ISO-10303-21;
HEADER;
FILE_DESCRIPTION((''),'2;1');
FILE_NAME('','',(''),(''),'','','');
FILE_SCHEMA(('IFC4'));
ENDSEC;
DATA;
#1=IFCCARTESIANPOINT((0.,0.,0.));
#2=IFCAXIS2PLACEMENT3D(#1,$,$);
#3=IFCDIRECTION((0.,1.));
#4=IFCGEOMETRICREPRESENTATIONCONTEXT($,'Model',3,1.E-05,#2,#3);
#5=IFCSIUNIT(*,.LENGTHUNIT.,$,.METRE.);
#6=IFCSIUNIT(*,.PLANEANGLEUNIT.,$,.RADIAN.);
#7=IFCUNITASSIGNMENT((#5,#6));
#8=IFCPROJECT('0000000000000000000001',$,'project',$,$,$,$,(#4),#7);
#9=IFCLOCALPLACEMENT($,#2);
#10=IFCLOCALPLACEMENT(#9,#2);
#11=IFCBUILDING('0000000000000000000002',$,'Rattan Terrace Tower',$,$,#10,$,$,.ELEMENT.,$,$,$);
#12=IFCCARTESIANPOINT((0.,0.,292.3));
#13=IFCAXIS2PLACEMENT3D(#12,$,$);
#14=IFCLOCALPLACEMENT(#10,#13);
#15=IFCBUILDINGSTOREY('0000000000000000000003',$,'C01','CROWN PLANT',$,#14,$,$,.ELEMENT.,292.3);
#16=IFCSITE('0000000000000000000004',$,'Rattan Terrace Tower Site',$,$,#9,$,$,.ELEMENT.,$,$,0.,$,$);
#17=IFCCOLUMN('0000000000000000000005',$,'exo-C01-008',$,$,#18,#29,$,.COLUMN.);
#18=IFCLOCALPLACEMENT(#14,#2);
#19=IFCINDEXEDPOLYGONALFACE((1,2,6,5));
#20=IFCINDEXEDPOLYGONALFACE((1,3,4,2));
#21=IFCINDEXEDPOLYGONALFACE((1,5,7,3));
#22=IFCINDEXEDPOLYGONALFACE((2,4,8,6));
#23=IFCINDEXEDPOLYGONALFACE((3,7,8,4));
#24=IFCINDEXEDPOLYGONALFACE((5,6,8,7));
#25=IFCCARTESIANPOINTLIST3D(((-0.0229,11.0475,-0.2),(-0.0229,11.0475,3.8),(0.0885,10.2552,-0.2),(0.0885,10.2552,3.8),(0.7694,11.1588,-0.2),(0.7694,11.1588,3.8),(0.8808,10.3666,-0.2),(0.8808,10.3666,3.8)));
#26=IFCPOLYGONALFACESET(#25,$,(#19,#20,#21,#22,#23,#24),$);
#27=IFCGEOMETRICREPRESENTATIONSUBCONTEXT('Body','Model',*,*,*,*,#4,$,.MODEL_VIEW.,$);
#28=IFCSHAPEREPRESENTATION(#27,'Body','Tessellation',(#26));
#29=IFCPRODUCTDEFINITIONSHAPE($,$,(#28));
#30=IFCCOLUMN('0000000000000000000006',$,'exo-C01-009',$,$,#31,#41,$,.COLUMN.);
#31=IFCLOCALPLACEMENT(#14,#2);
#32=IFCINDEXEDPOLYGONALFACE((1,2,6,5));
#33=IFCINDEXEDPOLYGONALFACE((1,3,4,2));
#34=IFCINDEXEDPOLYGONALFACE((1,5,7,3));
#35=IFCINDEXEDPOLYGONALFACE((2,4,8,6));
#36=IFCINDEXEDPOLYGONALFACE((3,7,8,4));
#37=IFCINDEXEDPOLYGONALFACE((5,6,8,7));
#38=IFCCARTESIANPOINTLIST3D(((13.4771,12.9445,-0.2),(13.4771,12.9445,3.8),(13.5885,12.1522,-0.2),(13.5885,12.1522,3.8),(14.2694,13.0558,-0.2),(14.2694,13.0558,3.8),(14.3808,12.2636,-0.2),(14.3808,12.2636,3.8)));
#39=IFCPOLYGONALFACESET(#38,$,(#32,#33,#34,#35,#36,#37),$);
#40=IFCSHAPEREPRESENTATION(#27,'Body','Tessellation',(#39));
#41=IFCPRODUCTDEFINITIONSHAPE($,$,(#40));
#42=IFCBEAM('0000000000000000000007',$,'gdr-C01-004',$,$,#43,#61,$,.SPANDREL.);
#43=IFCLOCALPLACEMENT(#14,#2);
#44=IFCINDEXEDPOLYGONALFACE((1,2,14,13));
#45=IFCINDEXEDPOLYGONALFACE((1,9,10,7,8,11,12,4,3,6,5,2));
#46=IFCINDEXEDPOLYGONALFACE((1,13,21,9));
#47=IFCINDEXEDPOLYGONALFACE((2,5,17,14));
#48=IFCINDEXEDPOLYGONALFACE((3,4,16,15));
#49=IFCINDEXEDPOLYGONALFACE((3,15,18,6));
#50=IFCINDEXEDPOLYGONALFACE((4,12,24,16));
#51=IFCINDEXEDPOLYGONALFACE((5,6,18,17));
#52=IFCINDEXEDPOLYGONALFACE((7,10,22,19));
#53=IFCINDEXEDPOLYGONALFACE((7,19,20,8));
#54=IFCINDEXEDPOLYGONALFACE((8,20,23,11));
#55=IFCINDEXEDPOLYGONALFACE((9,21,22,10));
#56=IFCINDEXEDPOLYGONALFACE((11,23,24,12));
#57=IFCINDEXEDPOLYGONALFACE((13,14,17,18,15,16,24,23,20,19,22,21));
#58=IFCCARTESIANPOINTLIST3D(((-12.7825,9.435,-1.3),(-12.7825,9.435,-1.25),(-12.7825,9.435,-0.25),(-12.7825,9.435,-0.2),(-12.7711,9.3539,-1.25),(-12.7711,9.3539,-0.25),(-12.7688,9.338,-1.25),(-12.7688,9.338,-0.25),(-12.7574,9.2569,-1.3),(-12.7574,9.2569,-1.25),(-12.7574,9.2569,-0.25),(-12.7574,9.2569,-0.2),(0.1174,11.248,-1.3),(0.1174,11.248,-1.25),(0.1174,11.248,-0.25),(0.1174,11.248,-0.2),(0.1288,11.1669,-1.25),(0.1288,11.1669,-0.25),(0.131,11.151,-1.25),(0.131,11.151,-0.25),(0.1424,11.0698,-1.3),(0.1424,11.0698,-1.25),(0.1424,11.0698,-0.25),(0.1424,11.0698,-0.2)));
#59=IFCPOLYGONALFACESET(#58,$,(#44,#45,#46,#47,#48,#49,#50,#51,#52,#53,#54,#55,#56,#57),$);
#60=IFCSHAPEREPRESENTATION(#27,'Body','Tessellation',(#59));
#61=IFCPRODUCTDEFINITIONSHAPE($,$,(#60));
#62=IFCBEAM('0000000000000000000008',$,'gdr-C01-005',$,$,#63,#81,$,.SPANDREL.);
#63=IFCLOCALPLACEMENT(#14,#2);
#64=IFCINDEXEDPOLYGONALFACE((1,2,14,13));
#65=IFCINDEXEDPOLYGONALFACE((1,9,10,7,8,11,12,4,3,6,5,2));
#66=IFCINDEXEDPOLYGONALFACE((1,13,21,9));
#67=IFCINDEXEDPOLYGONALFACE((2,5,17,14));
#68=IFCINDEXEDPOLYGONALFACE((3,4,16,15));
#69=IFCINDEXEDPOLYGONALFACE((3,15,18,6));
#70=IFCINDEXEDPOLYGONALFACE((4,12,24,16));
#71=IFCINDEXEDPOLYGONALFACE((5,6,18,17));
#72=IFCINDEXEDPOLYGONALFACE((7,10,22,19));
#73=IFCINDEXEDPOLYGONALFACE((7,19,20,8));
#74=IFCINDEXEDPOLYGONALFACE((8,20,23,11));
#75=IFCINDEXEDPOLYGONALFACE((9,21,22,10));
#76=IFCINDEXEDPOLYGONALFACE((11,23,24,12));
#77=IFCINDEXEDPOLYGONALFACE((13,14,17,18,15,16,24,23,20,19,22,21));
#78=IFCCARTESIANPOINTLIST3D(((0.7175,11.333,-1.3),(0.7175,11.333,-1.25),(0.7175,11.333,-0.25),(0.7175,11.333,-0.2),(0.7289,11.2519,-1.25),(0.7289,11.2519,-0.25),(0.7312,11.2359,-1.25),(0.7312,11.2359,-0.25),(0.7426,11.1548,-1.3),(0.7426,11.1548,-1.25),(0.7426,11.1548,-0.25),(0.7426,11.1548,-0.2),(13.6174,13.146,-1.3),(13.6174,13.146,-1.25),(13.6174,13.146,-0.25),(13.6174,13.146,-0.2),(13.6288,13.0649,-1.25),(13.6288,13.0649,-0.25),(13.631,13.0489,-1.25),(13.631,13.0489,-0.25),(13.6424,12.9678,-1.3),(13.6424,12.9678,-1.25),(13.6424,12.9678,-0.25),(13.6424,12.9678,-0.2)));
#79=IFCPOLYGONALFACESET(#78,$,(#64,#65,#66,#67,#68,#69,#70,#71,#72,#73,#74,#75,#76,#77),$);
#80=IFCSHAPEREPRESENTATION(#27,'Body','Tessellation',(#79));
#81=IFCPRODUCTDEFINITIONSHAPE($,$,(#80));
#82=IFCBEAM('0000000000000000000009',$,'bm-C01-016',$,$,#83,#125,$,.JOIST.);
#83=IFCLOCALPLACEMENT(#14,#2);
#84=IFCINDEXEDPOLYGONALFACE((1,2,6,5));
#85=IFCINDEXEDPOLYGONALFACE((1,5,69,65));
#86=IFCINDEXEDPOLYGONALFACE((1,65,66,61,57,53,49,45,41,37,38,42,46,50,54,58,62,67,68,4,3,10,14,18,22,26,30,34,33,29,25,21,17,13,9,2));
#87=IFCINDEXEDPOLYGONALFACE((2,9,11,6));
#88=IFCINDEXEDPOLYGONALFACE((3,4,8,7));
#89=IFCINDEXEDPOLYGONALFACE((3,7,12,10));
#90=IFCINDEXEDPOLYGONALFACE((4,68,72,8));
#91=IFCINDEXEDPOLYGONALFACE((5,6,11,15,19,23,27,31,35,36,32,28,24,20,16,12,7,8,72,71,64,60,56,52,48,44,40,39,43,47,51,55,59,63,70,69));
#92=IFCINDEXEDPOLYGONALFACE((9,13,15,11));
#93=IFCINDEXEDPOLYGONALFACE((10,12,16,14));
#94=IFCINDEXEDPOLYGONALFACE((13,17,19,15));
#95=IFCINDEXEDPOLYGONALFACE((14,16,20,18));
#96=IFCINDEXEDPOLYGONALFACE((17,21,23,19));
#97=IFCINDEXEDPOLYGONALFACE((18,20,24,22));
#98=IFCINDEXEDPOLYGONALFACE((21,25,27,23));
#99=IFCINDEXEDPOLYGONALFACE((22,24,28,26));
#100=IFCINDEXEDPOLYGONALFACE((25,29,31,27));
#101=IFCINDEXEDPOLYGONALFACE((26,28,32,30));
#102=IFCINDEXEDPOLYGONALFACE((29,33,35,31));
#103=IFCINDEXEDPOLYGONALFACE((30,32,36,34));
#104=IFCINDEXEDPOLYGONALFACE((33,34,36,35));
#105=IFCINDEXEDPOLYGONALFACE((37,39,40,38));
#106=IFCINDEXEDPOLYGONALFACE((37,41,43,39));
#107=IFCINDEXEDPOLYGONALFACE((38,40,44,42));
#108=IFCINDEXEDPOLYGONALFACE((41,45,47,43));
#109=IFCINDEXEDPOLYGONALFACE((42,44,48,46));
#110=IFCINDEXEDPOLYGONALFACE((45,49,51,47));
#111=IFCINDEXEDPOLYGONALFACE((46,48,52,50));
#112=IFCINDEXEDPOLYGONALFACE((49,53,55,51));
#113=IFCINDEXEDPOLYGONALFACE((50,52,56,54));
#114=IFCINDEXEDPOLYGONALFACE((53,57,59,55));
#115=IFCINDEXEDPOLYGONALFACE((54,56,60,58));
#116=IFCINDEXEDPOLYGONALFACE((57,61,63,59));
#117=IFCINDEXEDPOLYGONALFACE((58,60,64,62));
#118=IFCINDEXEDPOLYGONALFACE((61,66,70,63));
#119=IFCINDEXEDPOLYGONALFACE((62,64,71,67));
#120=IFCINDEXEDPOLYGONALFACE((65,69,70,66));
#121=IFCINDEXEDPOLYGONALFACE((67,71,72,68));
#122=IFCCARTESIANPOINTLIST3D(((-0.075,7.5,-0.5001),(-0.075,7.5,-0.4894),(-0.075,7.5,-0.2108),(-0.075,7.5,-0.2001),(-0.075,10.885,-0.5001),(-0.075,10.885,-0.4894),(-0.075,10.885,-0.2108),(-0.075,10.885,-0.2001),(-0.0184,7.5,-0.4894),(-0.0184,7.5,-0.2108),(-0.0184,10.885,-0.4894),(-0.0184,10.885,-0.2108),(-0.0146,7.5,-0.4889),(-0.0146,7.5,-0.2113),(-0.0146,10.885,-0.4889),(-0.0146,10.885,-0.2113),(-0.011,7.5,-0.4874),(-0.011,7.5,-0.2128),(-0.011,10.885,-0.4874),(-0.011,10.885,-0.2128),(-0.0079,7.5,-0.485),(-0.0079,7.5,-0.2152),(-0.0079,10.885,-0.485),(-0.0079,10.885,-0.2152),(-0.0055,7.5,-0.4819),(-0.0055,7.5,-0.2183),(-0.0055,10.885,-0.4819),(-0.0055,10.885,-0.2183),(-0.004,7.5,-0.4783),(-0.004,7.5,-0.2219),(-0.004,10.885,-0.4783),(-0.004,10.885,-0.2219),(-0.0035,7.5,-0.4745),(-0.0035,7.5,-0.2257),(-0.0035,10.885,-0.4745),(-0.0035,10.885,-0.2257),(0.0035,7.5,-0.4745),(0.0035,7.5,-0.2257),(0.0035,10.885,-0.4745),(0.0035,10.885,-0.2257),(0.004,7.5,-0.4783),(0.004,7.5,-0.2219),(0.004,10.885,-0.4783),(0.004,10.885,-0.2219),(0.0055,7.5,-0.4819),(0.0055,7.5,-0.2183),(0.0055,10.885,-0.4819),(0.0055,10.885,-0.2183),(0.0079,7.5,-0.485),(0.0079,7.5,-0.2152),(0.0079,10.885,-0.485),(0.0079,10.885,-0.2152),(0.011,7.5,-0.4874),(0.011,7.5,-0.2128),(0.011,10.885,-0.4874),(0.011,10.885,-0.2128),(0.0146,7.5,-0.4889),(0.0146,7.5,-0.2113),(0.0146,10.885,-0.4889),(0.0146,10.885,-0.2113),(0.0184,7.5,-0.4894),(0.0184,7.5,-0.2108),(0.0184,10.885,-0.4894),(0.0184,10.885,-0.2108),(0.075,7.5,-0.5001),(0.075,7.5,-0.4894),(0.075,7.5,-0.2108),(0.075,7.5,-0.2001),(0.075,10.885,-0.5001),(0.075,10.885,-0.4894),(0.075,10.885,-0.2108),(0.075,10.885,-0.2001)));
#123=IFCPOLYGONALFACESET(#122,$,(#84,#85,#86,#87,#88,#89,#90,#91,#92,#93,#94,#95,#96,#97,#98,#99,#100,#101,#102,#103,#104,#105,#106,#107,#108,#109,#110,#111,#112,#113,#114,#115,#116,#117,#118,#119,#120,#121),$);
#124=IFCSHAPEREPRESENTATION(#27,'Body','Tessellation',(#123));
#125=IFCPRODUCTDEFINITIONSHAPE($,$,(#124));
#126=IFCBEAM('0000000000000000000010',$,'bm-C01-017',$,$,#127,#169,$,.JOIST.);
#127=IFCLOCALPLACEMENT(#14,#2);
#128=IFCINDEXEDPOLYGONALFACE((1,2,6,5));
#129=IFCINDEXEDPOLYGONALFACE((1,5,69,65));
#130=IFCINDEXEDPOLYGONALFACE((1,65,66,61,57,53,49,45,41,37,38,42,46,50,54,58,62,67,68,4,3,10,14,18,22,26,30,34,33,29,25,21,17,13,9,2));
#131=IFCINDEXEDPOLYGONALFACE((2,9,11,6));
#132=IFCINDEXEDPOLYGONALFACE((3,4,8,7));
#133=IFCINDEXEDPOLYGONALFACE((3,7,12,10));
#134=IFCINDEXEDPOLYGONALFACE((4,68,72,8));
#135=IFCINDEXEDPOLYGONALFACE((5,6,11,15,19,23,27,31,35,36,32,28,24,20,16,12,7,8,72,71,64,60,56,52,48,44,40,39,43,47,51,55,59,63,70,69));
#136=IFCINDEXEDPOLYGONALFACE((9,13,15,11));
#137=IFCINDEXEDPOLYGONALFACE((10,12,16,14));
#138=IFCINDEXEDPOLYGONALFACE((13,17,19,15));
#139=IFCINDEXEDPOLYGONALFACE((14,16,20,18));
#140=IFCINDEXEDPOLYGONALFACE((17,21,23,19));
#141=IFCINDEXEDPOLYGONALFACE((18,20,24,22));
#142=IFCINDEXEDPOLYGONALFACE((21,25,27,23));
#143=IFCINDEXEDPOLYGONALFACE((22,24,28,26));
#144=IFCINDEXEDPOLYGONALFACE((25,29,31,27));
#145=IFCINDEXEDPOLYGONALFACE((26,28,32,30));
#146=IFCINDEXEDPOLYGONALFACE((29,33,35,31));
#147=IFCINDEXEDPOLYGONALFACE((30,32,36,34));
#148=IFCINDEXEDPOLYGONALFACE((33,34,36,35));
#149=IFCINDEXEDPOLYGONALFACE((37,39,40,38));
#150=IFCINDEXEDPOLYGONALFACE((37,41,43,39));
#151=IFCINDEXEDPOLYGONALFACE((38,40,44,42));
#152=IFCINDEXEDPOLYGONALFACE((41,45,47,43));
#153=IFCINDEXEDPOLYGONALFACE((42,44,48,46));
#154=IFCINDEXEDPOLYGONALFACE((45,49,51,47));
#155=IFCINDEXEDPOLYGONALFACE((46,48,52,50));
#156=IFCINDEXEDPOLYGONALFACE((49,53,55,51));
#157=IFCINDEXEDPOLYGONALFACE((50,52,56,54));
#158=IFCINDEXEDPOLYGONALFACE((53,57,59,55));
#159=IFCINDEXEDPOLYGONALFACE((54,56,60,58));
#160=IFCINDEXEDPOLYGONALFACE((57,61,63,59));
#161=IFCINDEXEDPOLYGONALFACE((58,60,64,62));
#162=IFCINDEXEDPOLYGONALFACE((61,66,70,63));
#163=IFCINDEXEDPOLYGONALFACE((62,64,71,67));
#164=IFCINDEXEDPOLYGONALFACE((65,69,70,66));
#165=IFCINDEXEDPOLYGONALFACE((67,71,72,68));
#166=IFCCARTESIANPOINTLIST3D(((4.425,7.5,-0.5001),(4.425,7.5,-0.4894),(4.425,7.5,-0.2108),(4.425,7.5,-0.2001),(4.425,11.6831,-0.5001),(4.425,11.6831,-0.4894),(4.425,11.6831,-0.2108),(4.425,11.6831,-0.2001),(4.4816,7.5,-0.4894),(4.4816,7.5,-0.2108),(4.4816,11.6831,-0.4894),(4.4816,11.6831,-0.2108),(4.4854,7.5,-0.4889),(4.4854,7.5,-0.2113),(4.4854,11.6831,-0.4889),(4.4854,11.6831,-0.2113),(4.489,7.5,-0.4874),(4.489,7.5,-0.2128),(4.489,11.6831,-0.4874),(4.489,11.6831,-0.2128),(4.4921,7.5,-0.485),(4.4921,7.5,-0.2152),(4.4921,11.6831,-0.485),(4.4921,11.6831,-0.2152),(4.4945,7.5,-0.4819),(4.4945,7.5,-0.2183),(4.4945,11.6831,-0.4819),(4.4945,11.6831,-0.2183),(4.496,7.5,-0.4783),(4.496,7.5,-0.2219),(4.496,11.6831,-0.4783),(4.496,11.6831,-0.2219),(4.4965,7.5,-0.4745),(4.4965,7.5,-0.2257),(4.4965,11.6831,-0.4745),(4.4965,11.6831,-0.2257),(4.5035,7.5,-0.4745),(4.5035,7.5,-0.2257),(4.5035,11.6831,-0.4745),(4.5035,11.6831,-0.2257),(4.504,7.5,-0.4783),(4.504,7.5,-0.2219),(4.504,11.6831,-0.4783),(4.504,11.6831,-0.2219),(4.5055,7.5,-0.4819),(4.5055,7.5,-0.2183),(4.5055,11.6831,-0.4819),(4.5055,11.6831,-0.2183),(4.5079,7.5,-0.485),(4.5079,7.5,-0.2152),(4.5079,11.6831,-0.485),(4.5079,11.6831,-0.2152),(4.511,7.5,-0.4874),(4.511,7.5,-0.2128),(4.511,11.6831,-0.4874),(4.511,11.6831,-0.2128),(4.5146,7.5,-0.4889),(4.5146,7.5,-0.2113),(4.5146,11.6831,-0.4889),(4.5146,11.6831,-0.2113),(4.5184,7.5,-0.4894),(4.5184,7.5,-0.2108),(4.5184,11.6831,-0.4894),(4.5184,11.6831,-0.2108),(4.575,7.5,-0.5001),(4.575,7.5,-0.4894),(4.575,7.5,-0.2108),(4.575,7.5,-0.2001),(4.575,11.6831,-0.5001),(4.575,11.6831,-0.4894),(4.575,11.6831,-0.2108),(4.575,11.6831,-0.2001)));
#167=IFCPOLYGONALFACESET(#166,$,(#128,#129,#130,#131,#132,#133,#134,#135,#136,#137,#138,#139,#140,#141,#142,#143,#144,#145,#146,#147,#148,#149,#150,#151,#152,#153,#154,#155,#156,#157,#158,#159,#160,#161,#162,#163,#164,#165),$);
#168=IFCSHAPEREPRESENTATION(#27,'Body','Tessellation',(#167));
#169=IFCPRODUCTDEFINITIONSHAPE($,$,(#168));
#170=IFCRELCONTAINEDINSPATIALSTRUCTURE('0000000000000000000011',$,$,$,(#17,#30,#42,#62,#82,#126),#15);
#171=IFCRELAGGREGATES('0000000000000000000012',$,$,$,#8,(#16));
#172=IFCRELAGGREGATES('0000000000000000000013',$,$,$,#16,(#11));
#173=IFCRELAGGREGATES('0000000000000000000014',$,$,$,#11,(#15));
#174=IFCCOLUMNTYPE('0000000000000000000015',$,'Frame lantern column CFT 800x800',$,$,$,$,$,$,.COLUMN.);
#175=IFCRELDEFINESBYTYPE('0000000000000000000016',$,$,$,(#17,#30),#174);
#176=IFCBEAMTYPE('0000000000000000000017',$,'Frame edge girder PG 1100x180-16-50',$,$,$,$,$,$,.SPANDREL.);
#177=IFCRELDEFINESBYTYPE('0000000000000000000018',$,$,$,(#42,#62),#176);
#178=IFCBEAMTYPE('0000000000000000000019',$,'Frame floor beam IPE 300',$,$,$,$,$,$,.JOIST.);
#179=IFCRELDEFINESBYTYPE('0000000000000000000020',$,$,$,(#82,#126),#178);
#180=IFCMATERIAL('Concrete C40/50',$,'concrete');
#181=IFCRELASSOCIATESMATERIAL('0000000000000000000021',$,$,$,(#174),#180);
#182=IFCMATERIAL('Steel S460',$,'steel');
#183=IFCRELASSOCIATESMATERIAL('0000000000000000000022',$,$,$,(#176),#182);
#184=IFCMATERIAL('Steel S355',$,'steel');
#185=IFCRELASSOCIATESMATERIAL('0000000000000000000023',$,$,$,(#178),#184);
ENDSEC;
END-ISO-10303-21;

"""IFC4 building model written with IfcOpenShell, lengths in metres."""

from ifc_helpers import new_model, si_unit, direction, frame, origin, origin_2d, place, context, subcontext, project, spatial, rectangle, i_section, extrude, material, material_profile, profile_set, type_object, element, save


model = new_model("IFC4")

# Units and contexts
model_context = context("Model", 3, precision=1e-05, world=origin(), true_north=direction((0.0, 1.0)))
body_context = subcontext(model_context, "Body", "Model", "MODEL_VIEW")
ifc_project = project(units=[si_unit("LENGTHUNIT", "METRE"), si_unit("PLANEANGLEUNIT", "RADIAN")], contexts=[model_context])

# Site, building, storey
site_placement = place(None, origin())
site = spatial("IfcSite", under=ifc_project, at=site_placement, Name="Rattan Terrace Tower Site", CompositionType="ELEMENT", RefElevation=0.0)
building_placement = place(site_placement, origin())
building = spatial("IfcBuilding", under=site, at=building_placement, Name="Rattan Terrace Tower", CompositionType="ELEMENT")
storey_placement = place(building_placement, frame((0.0, 0.0, 292.3)))
storey = spatial("IfcBuildingStorey", under=building, at=storey_placement, Name="C01", Description="CROWN PLANT", CompositionType="ELEMENT", Elevation=292.3)

# Columns
ifc_material_1 = material(Name="Concrete C40/50", Category="concrete")
ifc_material_profile_1 = material_profile(ifc_material_1, rectangle(XDim=0.8, YDim=0.8, at=origin_2d()), Name="CFT 800x800")
ifc_profile_set_1 = profile_set([ifc_material_profile_1], Name="Concrete C40/50")
column_type = type_object("IfcColumnType", Name="Frame lantern column CFT 800x800", PredefinedType="COLUMN", material=ifc_profile_set_1)
for number, where, z_axis, x_axis, name in (
    (1, (0.429, 10.707, -0.2), (0.0, 0.0, 1.0), (0.990266, 0.13919, 0.0), "exo-C01-008"),
    (2, (13.929, 12.604, -0.2), (0.0, 0.0, 1.0), (0.990266, 0.13919, 0.0), "exo-C01-009"),
):
    element("IfcColumn", number, at=place(storey_placement, frame(where, z_axis=z_axis, x_axis=x_axis)), inside=storey, type_object=column_type, Name=name, PredefinedType="COLUMN", context=body_context, shape_type="SweptSolid", body=[
        extrude(rectangle(XDim=0.8, YDim=0.8, at=origin_2d()), origin(), (0.0, 0.0, 1.0), 4.0),
    ])

# Beams
ifc_material_2 = material(Name="Steel S460", Category="steel")
ifc_material_profile_2 = material_profile(ifc_material_2, i_section(OverallWidth=0.1799, OverallDepth=1.1001, WebThickness=0.0161, FlangeThickness=0.05, at=origin_2d()), Name="PG 1100x180-16-50")
ifc_profile_set_2 = profile_set([ifc_material_profile_2], Name="Steel S460")
beam_type_1 = type_object("IfcBeamType", Name="Frame edge girder PG 1100x180-16-50", PredefinedType="SPANDREL", material=ifc_profile_set_2)
for number, where, z_axis, x_axis, name in (
    (3, (0.1299, 11.1589, -0.75), (-0.990268, -0.139175, 0.0), (0.139175, -0.990268, 0.0), "gdr-C01-004"),
    (4, (13.6299, 13.0569, -0.75), (-0.990268, -0.139175, 0.0), (0.139175, -0.990268, 0.0), "gdr-C01-005"),
):
    element("IfcBeam", number, at=place(storey_placement, frame(where, z_axis=z_axis, x_axis=x_axis)), inside=storey, type_object=beam_type_1, Name=name, PredefinedType="SPANDREL", context=body_context, shape_type="SweptSolid", body=[
        extrude(i_section(OverallWidth=0.1799, OverallDepth=1.1001, WebThickness=0.0161, FlangeThickness=0.05, at=origin_2d()), origin(), (0.0, 0.0, 1.0), 13.0266),
    ])
ifc_material_3 = material(Name="Steel S355", Category="steel")
ifc_material_profile_3 = material_profile(ifc_material_3, i_section(OverallWidth=0.1499, OverallDepth=0.3, WebThickness=0.0071, FlangeThickness=0.0107, FilletRadius=0.0149, at=origin_2d()), Name="IPE 300")
ifc_profile_set_3 = profile_set([ifc_material_profile_3], Name="Steel S355")
beam_type_2 = type_object("IfcBeamType", Name="Frame floor beam IPE 300", PredefinedType="JOIST", material=ifc_profile_set_3)
beam_1_placement = place(storey_placement, frame((0.0, 7.5, -0.3501), z_axis=(0.0, 1.0, 0.0), x_axis=(-1.0, 0.0, 0.0)))
element("IfcBeam", 5, at=beam_1_placement, inside=storey, type_object=beam_type_2, Name="bm-C01-016", PredefinedType="JOIST", context=body_context, shape_type="SweptSolid", body=[
    extrude(i_section(OverallWidth=0.1499, OverallDepth=0.3, WebThickness=0.0071, FlangeThickness=0.0107, FilletRadius=0.0149, at=origin_2d()), origin(), (0.0, 0.0, 1.0), 3.385),
])
beam_2_placement = place(storey_placement, frame((4.5, 7.5, -0.3501), z_axis=(0.0, 1.0, 0.0), x_axis=(-1.0, 0.0, 0.0)))
element("IfcBeam", 6, at=beam_2_placement, inside=storey, type_object=beam_type_2, Name="bm-C01-017", PredefinedType="JOIST", context=body_context, shape_type="SweptSolid", body=[
    extrude(i_section(OverallWidth=0.1499, OverallDepth=0.3, WebThickness=0.0071, FlangeThickness=0.0107, FilletRadius=0.0149, at=origin_2d()), origin(), (0.0, 0.0, 1.0), 4.1831),
])

save(model, "model.ifc")
